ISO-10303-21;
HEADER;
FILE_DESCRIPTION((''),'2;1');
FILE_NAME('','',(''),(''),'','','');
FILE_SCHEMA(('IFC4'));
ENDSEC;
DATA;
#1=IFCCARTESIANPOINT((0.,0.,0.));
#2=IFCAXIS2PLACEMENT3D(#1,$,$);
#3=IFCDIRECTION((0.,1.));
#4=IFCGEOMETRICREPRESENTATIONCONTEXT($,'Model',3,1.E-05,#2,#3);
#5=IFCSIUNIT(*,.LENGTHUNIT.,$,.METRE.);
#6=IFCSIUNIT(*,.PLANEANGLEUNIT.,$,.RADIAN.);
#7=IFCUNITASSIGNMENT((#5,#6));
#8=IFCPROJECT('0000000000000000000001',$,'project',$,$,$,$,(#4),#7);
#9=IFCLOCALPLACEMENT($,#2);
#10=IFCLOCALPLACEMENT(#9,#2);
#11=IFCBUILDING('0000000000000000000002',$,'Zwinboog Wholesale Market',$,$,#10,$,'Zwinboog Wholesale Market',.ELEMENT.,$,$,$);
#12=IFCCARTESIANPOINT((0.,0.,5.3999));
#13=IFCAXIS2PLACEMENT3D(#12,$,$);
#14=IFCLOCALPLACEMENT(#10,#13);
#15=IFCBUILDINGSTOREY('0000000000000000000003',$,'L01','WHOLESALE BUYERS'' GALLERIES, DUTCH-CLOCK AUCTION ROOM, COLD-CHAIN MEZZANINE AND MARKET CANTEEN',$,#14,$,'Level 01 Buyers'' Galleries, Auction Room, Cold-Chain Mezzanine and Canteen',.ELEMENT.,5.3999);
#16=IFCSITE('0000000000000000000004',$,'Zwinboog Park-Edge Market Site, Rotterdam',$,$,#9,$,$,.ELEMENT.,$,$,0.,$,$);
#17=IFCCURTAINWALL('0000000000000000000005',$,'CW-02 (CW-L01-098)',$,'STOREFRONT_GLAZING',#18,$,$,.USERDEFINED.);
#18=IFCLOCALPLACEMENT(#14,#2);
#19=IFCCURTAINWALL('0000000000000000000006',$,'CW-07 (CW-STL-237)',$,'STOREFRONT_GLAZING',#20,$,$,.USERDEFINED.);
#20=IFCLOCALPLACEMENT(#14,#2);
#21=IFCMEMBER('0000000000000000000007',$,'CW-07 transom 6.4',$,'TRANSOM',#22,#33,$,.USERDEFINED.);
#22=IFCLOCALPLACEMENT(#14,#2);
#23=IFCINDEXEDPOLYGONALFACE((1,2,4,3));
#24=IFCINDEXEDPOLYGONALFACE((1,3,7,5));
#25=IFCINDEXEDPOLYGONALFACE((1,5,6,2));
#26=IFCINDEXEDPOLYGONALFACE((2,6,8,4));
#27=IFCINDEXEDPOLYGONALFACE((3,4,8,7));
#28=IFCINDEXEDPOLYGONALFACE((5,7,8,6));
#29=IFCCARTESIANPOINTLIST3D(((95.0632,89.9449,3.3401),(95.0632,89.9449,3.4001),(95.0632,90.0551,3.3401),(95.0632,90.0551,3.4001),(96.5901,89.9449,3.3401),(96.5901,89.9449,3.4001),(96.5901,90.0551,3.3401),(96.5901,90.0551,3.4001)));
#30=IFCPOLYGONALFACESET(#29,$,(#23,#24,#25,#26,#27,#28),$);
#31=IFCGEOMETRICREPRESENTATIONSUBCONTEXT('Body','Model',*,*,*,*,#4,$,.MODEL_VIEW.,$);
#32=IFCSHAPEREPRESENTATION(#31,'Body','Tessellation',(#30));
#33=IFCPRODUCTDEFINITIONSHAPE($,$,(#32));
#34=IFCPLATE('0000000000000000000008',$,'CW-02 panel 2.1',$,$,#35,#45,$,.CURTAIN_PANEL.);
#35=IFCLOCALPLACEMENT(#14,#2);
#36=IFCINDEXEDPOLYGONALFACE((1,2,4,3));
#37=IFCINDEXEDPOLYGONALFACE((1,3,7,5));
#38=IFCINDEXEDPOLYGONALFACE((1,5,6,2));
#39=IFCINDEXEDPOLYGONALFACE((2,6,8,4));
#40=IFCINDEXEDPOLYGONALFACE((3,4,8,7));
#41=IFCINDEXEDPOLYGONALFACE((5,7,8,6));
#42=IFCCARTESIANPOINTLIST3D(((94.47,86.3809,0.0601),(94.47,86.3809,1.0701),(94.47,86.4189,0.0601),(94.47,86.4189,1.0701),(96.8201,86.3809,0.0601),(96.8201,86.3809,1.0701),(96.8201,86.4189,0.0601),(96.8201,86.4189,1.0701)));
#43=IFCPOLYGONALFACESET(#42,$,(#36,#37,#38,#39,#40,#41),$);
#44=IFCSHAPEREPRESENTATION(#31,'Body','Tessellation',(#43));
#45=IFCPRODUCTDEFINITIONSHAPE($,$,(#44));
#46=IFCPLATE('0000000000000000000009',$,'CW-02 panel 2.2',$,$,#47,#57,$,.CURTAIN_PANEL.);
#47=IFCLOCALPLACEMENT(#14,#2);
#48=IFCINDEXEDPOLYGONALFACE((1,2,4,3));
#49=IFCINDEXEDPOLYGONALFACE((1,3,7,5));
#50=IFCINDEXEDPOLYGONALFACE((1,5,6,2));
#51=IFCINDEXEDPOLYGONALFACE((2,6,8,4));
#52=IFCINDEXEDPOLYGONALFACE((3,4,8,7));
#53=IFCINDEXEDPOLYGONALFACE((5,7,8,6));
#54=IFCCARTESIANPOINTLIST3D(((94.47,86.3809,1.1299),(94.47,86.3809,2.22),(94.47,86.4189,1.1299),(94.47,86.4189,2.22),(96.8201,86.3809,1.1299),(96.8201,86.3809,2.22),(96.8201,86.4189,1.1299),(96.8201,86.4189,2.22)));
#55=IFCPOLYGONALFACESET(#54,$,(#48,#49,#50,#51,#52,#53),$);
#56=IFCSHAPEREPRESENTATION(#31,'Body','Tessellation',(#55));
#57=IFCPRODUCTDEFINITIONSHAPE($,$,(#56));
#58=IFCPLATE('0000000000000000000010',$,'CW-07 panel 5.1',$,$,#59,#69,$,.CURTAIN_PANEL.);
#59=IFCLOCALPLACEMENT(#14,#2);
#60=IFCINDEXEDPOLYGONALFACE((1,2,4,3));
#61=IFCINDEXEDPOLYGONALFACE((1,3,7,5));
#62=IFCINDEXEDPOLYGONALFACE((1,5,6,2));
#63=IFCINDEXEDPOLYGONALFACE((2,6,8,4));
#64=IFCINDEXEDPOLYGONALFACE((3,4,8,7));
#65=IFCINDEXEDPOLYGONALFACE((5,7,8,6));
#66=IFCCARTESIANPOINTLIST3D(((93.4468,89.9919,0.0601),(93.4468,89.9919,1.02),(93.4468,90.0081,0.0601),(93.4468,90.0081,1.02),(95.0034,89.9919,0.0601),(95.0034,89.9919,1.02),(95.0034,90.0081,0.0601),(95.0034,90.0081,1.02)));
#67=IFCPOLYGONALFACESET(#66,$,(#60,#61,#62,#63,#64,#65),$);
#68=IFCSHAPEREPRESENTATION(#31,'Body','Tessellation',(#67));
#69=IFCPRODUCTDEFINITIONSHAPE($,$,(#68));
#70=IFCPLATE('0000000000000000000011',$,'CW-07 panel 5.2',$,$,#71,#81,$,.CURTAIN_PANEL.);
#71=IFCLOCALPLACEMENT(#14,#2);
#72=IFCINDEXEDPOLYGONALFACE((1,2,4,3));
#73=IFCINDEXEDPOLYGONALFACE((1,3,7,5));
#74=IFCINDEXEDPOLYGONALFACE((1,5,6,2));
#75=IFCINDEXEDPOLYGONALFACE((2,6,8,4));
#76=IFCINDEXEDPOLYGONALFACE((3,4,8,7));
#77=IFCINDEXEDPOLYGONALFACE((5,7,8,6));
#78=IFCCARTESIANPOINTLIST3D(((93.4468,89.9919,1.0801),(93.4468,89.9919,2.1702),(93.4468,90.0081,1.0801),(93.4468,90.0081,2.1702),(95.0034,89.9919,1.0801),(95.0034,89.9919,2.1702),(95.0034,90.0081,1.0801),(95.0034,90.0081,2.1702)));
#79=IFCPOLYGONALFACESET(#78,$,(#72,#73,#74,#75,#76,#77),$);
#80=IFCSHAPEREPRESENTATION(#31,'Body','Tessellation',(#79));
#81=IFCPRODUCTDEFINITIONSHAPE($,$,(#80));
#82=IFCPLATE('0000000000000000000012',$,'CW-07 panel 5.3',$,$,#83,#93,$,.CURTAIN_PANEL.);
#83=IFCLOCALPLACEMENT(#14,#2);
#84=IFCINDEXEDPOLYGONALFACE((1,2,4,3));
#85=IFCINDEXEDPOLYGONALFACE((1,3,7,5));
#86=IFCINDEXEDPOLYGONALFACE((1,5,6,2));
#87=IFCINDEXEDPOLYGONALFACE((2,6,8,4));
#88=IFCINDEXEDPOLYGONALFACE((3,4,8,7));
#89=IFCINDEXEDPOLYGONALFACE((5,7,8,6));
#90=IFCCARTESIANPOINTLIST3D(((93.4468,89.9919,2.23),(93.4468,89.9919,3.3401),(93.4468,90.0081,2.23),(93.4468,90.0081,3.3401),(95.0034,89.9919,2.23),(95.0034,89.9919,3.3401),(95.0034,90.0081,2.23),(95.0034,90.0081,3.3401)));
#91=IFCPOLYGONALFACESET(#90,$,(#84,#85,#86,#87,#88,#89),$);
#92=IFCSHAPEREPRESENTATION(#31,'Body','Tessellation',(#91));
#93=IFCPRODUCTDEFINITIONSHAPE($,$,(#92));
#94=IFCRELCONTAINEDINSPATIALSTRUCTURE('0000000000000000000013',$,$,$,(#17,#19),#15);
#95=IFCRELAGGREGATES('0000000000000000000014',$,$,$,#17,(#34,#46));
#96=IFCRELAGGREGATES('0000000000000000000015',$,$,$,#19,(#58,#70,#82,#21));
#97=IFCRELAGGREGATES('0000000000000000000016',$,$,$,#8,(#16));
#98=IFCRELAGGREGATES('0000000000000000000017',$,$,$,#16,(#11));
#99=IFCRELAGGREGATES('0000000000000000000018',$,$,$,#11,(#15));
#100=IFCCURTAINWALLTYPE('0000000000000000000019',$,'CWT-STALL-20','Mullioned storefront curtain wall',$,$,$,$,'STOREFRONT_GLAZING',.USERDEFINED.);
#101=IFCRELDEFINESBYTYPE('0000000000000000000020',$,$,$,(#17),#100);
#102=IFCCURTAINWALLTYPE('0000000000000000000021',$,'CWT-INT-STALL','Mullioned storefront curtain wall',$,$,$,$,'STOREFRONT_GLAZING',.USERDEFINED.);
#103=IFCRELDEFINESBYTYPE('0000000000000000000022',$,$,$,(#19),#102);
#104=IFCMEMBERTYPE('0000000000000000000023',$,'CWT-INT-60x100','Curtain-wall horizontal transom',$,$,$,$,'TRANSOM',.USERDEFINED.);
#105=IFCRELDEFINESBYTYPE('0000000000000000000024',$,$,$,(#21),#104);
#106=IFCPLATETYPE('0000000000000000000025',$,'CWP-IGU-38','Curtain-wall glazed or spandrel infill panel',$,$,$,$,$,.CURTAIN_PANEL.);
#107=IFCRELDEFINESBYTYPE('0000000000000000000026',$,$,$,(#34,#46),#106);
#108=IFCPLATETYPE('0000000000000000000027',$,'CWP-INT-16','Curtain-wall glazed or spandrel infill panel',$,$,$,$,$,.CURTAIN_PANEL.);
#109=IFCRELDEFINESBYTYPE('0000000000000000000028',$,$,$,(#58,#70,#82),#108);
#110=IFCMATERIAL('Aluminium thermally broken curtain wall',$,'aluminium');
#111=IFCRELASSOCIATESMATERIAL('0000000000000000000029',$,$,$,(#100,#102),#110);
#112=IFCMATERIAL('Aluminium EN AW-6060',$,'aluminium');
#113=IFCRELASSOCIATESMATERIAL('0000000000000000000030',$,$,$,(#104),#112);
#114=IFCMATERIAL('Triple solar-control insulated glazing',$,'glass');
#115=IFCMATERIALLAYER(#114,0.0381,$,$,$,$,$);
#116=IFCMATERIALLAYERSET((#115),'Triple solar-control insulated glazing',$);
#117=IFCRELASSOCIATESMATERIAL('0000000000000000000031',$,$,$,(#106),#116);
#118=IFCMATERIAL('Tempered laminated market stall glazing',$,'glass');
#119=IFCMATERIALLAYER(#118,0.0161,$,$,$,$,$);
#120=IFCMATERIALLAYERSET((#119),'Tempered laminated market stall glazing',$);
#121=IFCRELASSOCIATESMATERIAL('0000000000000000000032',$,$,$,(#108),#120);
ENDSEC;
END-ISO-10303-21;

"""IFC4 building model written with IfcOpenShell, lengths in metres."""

from ifc_helpers import new_model, si_unit, direction, frame, origin, origin_2d, place, context, subcontext, project, spatial, rectangle, extrude, material, layer, layer_set, material_profile, profile_set, type_object, element, aggregate, save


model = new_model("IFC4")

# Units and contexts
model_context = context("Model", 3, precision=1e-05, world=origin(), true_north=direction((0.0, 1.0)))
body_context = subcontext(model_context, "Body", "Model", "MODEL_VIEW")
ifc_project = project(units=[si_unit("LENGTHUNIT", "METRE"), si_unit("PLANEANGLEUNIT", "RADIAN")], contexts=[model_context])

# Site, building, storey
site_placement = place(None, origin())
site = spatial("IfcSite", under=ifc_project, at=site_placement, Name="Zwinboog Park-Edge Market Site, Rotterdam", CompositionType="ELEMENT", RefElevation=0.0)
building_placement = place(site_placement, origin())
building = spatial("IfcBuilding", under=site, at=building_placement, Name="Zwinboog Wholesale Market", LongName="Zwinboog Wholesale Market", CompositionType="ELEMENT")
storey_placement = place(building_placement, frame((0.0, 0.0, 5.3999)))
storey = spatial("IfcBuildingStorey", under=building, at=storey_placement, Name="L01", Description="WHOLESALE BUYERS' GALLERIES, DUTCH-CLOCK AUCTION ROOM, COLD-CHAIN MEZZANINE AND MARKET CANTEEN", LongName="Level 01 Buyers' Galleries, Auction Room, Cold-Chain Mezzanine and Canteen", CompositionType="ELEMENT", Elevation=5.3999)

# Curtain walls, member
ifc_material_1 = material(Name="Aluminium thermally broken curtain wall", Category="aluminium")
curtain_wall_type_1 = type_object("IfcCurtainWallType", Name="CWT-STALL-20", Description="Mullioned storefront curtain wall", ElementType="STOREFRONT_GLAZING", PredefinedType="USERDEFINED", material=ifc_material_1)
curtain_wall_1_placement = place(storey_placement, origin())
curtain_wall_1 = element("IfcCurtainWall", 1, at=curtain_wall_1_placement, inside=storey, type_object=curtain_wall_type_1, Name="CW-02 (CW-L01-098)", ObjectType="STOREFRONT_GLAZING", PredefinedType="USERDEFINED")
ifc_material_2 = material(Name="Aluminium EN AW-6060", Category="aluminium")
curtain_wall_type_2 = type_object("IfcCurtainWallType", Name="CWT-INT-STALL", Description="Mullioned storefront curtain wall", ElementType="STOREFRONT_GLAZING", PredefinedType="USERDEFINED", material=ifc_material_1)
curtain_wall_2_placement = place(storey_placement, origin())
curtain_wall_2 = element("IfcCurtainWall", 2, at=curtain_wall_2_placement, inside=storey, type_object=curtain_wall_type_2, Name="CW-07 (CW-STL-237)", ObjectType="STOREFRONT_GLAZING", PredefinedType="USERDEFINED")
ifc_material_profile_1 = material_profile(ifc_material_2, rectangle(XDim=0.1101, YDim=0.0601, at=origin_2d()), Name="AL 60x110")
ifc_profile_set_1 = profile_set([ifc_material_profile_1], Name="Aluminium EN AW-6060")
member_type_1 = type_object("IfcMemberType", Name="CWT-INT-60x100", Description="Curtain-wall horizontal transom", ElementType="TRANSOM", PredefinedType="USERDEFINED", material=ifc_profile_set_1)
member_1_placement = place(storey_placement, frame((95.0632, 90.0, 3.3701), z_axis=(1.0, 0.0, 0.0), x_axis=(0.0, 1.0, 0.0)))
member_1 = element("IfcMember", 3, at=member_1_placement, type_object=member_type_1, Name="CW-07 transom 6.4", ObjectType="TRANSOM", PredefinedType="USERDEFINED", context=body_context, shape_type="SweptSolid", body=[
    extrude(rectangle(XDim=0.1101, YDim=0.0601, at=origin_2d()), origin(), (0.0, 0.0, 1.0), 1.5269),
])

# Plates
ifc_material_3 = material(Name="Triple solar-control insulated glazing", Category="glass")
ifc_layer_1 = layer(ifc_material_3, 0.0381)
ifc_layer_set_1 = layer_set([ifc_layer_1], Name="Triple solar-control insulated glazing")
plate_type_1 = type_object("IfcPlateType", Name="CWP-IGU-38", Description="Curtain-wall glazed or spandrel infill panel", PredefinedType="CURTAIN_PANEL", material=ifc_layer_set_1)
plate_1_placement = place(storey_placement, frame((95.645, 86.3999, 0.0601), z_axis=(0.0, 0.0, 1.0), x_axis=(1.0, 0.0, 0.0)))
plate_1 = element("IfcPlate", 4, at=plate_1_placement, type_object=plate_type_1, Name="CW-02 panel 2.1", PredefinedType="CURTAIN_PANEL", context=body_context, shape_type="SweptSolid", body=[
    extrude(rectangle(XDim=2.3501, YDim=0.0381, at=origin_2d()), origin(), (0.0, 0.0, 1.0), 1.01),
])
plate_2_placement = place(storey_placement, frame((95.645, 86.3999, 1.1299), z_axis=(0.0, 0.0, 1.0), x_axis=(1.0, 0.0, 0.0)))
plate_2 = element("IfcPlate", 5, at=plate_2_placement, type_object=plate_type_1, Name="CW-02 panel 2.2", PredefinedType="CURTAIN_PANEL", context=body_context, shape_type="SweptSolid", body=[
    extrude(rectangle(XDim=2.3501, YDim=0.0381, at=origin_2d()), origin(), (0.0, 0.0, 1.0), 1.0901),
])
aggregate(curtain_wall_1, [plate_1, plate_2])
ifc_material_4 = material(Name="Tempered laminated market stall glazing", Category="glass")
ifc_layer_2 = layer(ifc_material_4, 0.0161)
ifc_layer_set_2 = layer_set([ifc_layer_2], Name="Tempered laminated market stall glazing")
plate_type_2 = type_object("IfcPlateType", Name="CWP-INT-16", Description="Curtain-wall glazed or spandrel infill panel", PredefinedType="CURTAIN_PANEL", material=ifc_layer_set_2)
plate_3_placement = place(storey_placement, frame((94.2251, 90.0, 0.0601), z_axis=(0.0, 0.0, 1.0), x_axis=(1.0, 0.0, 0.0)))
plate_3 = element("IfcPlate", 6, at=plate_3_placement, type_object=plate_type_2, Name="CW-07 panel 5.1", PredefinedType="CURTAIN_PANEL", context=body_context, shape_type="SweptSolid", body=[
    extrude(rectangle(XDim=1.5566, YDim=0.0161, at=origin_2d()), origin(), (0.0, 0.0, 1.0), 0.96),
])
plate_4_placement = place(storey_placement, frame((94.2251, 90.0, 1.0801), z_axis=(0.0, 0.0, 1.0), x_axis=(1.0, 0.0, 0.0)))
plate_4 = element("IfcPlate", 7, at=plate_4_placement, type_object=plate_type_2, Name="CW-07 panel 5.2", PredefinedType="CURTAIN_PANEL", context=body_context, shape_type="SweptSolid", body=[
    extrude(rectangle(XDim=1.5566, YDim=0.0161, at=origin_2d()), origin(), (0.0, 0.0, 1.0), 1.0901),
])
plate_5_placement = place(storey_placement, frame((94.2251, 90.0, 2.23), z_axis=(0.0, 0.0, 1.0), x_axis=(1.0, 0.0, 0.0)))
plate_5 = element("IfcPlate", 8, at=plate_5_placement, type_object=plate_type_2, Name="CW-07 panel 5.3", PredefinedType="CURTAIN_PANEL", context=body_context, shape_type="SweptSolid", body=[
    extrude(rectangle(XDim=1.5566, YDim=0.0161, at=origin_2d()), origin(), (0.0, 0.0, 1.0), 1.1101),
])
aggregate(curtain_wall_2, [plate_3, plate_4, plate_5, member_1])

save(model, "model.ifc")
